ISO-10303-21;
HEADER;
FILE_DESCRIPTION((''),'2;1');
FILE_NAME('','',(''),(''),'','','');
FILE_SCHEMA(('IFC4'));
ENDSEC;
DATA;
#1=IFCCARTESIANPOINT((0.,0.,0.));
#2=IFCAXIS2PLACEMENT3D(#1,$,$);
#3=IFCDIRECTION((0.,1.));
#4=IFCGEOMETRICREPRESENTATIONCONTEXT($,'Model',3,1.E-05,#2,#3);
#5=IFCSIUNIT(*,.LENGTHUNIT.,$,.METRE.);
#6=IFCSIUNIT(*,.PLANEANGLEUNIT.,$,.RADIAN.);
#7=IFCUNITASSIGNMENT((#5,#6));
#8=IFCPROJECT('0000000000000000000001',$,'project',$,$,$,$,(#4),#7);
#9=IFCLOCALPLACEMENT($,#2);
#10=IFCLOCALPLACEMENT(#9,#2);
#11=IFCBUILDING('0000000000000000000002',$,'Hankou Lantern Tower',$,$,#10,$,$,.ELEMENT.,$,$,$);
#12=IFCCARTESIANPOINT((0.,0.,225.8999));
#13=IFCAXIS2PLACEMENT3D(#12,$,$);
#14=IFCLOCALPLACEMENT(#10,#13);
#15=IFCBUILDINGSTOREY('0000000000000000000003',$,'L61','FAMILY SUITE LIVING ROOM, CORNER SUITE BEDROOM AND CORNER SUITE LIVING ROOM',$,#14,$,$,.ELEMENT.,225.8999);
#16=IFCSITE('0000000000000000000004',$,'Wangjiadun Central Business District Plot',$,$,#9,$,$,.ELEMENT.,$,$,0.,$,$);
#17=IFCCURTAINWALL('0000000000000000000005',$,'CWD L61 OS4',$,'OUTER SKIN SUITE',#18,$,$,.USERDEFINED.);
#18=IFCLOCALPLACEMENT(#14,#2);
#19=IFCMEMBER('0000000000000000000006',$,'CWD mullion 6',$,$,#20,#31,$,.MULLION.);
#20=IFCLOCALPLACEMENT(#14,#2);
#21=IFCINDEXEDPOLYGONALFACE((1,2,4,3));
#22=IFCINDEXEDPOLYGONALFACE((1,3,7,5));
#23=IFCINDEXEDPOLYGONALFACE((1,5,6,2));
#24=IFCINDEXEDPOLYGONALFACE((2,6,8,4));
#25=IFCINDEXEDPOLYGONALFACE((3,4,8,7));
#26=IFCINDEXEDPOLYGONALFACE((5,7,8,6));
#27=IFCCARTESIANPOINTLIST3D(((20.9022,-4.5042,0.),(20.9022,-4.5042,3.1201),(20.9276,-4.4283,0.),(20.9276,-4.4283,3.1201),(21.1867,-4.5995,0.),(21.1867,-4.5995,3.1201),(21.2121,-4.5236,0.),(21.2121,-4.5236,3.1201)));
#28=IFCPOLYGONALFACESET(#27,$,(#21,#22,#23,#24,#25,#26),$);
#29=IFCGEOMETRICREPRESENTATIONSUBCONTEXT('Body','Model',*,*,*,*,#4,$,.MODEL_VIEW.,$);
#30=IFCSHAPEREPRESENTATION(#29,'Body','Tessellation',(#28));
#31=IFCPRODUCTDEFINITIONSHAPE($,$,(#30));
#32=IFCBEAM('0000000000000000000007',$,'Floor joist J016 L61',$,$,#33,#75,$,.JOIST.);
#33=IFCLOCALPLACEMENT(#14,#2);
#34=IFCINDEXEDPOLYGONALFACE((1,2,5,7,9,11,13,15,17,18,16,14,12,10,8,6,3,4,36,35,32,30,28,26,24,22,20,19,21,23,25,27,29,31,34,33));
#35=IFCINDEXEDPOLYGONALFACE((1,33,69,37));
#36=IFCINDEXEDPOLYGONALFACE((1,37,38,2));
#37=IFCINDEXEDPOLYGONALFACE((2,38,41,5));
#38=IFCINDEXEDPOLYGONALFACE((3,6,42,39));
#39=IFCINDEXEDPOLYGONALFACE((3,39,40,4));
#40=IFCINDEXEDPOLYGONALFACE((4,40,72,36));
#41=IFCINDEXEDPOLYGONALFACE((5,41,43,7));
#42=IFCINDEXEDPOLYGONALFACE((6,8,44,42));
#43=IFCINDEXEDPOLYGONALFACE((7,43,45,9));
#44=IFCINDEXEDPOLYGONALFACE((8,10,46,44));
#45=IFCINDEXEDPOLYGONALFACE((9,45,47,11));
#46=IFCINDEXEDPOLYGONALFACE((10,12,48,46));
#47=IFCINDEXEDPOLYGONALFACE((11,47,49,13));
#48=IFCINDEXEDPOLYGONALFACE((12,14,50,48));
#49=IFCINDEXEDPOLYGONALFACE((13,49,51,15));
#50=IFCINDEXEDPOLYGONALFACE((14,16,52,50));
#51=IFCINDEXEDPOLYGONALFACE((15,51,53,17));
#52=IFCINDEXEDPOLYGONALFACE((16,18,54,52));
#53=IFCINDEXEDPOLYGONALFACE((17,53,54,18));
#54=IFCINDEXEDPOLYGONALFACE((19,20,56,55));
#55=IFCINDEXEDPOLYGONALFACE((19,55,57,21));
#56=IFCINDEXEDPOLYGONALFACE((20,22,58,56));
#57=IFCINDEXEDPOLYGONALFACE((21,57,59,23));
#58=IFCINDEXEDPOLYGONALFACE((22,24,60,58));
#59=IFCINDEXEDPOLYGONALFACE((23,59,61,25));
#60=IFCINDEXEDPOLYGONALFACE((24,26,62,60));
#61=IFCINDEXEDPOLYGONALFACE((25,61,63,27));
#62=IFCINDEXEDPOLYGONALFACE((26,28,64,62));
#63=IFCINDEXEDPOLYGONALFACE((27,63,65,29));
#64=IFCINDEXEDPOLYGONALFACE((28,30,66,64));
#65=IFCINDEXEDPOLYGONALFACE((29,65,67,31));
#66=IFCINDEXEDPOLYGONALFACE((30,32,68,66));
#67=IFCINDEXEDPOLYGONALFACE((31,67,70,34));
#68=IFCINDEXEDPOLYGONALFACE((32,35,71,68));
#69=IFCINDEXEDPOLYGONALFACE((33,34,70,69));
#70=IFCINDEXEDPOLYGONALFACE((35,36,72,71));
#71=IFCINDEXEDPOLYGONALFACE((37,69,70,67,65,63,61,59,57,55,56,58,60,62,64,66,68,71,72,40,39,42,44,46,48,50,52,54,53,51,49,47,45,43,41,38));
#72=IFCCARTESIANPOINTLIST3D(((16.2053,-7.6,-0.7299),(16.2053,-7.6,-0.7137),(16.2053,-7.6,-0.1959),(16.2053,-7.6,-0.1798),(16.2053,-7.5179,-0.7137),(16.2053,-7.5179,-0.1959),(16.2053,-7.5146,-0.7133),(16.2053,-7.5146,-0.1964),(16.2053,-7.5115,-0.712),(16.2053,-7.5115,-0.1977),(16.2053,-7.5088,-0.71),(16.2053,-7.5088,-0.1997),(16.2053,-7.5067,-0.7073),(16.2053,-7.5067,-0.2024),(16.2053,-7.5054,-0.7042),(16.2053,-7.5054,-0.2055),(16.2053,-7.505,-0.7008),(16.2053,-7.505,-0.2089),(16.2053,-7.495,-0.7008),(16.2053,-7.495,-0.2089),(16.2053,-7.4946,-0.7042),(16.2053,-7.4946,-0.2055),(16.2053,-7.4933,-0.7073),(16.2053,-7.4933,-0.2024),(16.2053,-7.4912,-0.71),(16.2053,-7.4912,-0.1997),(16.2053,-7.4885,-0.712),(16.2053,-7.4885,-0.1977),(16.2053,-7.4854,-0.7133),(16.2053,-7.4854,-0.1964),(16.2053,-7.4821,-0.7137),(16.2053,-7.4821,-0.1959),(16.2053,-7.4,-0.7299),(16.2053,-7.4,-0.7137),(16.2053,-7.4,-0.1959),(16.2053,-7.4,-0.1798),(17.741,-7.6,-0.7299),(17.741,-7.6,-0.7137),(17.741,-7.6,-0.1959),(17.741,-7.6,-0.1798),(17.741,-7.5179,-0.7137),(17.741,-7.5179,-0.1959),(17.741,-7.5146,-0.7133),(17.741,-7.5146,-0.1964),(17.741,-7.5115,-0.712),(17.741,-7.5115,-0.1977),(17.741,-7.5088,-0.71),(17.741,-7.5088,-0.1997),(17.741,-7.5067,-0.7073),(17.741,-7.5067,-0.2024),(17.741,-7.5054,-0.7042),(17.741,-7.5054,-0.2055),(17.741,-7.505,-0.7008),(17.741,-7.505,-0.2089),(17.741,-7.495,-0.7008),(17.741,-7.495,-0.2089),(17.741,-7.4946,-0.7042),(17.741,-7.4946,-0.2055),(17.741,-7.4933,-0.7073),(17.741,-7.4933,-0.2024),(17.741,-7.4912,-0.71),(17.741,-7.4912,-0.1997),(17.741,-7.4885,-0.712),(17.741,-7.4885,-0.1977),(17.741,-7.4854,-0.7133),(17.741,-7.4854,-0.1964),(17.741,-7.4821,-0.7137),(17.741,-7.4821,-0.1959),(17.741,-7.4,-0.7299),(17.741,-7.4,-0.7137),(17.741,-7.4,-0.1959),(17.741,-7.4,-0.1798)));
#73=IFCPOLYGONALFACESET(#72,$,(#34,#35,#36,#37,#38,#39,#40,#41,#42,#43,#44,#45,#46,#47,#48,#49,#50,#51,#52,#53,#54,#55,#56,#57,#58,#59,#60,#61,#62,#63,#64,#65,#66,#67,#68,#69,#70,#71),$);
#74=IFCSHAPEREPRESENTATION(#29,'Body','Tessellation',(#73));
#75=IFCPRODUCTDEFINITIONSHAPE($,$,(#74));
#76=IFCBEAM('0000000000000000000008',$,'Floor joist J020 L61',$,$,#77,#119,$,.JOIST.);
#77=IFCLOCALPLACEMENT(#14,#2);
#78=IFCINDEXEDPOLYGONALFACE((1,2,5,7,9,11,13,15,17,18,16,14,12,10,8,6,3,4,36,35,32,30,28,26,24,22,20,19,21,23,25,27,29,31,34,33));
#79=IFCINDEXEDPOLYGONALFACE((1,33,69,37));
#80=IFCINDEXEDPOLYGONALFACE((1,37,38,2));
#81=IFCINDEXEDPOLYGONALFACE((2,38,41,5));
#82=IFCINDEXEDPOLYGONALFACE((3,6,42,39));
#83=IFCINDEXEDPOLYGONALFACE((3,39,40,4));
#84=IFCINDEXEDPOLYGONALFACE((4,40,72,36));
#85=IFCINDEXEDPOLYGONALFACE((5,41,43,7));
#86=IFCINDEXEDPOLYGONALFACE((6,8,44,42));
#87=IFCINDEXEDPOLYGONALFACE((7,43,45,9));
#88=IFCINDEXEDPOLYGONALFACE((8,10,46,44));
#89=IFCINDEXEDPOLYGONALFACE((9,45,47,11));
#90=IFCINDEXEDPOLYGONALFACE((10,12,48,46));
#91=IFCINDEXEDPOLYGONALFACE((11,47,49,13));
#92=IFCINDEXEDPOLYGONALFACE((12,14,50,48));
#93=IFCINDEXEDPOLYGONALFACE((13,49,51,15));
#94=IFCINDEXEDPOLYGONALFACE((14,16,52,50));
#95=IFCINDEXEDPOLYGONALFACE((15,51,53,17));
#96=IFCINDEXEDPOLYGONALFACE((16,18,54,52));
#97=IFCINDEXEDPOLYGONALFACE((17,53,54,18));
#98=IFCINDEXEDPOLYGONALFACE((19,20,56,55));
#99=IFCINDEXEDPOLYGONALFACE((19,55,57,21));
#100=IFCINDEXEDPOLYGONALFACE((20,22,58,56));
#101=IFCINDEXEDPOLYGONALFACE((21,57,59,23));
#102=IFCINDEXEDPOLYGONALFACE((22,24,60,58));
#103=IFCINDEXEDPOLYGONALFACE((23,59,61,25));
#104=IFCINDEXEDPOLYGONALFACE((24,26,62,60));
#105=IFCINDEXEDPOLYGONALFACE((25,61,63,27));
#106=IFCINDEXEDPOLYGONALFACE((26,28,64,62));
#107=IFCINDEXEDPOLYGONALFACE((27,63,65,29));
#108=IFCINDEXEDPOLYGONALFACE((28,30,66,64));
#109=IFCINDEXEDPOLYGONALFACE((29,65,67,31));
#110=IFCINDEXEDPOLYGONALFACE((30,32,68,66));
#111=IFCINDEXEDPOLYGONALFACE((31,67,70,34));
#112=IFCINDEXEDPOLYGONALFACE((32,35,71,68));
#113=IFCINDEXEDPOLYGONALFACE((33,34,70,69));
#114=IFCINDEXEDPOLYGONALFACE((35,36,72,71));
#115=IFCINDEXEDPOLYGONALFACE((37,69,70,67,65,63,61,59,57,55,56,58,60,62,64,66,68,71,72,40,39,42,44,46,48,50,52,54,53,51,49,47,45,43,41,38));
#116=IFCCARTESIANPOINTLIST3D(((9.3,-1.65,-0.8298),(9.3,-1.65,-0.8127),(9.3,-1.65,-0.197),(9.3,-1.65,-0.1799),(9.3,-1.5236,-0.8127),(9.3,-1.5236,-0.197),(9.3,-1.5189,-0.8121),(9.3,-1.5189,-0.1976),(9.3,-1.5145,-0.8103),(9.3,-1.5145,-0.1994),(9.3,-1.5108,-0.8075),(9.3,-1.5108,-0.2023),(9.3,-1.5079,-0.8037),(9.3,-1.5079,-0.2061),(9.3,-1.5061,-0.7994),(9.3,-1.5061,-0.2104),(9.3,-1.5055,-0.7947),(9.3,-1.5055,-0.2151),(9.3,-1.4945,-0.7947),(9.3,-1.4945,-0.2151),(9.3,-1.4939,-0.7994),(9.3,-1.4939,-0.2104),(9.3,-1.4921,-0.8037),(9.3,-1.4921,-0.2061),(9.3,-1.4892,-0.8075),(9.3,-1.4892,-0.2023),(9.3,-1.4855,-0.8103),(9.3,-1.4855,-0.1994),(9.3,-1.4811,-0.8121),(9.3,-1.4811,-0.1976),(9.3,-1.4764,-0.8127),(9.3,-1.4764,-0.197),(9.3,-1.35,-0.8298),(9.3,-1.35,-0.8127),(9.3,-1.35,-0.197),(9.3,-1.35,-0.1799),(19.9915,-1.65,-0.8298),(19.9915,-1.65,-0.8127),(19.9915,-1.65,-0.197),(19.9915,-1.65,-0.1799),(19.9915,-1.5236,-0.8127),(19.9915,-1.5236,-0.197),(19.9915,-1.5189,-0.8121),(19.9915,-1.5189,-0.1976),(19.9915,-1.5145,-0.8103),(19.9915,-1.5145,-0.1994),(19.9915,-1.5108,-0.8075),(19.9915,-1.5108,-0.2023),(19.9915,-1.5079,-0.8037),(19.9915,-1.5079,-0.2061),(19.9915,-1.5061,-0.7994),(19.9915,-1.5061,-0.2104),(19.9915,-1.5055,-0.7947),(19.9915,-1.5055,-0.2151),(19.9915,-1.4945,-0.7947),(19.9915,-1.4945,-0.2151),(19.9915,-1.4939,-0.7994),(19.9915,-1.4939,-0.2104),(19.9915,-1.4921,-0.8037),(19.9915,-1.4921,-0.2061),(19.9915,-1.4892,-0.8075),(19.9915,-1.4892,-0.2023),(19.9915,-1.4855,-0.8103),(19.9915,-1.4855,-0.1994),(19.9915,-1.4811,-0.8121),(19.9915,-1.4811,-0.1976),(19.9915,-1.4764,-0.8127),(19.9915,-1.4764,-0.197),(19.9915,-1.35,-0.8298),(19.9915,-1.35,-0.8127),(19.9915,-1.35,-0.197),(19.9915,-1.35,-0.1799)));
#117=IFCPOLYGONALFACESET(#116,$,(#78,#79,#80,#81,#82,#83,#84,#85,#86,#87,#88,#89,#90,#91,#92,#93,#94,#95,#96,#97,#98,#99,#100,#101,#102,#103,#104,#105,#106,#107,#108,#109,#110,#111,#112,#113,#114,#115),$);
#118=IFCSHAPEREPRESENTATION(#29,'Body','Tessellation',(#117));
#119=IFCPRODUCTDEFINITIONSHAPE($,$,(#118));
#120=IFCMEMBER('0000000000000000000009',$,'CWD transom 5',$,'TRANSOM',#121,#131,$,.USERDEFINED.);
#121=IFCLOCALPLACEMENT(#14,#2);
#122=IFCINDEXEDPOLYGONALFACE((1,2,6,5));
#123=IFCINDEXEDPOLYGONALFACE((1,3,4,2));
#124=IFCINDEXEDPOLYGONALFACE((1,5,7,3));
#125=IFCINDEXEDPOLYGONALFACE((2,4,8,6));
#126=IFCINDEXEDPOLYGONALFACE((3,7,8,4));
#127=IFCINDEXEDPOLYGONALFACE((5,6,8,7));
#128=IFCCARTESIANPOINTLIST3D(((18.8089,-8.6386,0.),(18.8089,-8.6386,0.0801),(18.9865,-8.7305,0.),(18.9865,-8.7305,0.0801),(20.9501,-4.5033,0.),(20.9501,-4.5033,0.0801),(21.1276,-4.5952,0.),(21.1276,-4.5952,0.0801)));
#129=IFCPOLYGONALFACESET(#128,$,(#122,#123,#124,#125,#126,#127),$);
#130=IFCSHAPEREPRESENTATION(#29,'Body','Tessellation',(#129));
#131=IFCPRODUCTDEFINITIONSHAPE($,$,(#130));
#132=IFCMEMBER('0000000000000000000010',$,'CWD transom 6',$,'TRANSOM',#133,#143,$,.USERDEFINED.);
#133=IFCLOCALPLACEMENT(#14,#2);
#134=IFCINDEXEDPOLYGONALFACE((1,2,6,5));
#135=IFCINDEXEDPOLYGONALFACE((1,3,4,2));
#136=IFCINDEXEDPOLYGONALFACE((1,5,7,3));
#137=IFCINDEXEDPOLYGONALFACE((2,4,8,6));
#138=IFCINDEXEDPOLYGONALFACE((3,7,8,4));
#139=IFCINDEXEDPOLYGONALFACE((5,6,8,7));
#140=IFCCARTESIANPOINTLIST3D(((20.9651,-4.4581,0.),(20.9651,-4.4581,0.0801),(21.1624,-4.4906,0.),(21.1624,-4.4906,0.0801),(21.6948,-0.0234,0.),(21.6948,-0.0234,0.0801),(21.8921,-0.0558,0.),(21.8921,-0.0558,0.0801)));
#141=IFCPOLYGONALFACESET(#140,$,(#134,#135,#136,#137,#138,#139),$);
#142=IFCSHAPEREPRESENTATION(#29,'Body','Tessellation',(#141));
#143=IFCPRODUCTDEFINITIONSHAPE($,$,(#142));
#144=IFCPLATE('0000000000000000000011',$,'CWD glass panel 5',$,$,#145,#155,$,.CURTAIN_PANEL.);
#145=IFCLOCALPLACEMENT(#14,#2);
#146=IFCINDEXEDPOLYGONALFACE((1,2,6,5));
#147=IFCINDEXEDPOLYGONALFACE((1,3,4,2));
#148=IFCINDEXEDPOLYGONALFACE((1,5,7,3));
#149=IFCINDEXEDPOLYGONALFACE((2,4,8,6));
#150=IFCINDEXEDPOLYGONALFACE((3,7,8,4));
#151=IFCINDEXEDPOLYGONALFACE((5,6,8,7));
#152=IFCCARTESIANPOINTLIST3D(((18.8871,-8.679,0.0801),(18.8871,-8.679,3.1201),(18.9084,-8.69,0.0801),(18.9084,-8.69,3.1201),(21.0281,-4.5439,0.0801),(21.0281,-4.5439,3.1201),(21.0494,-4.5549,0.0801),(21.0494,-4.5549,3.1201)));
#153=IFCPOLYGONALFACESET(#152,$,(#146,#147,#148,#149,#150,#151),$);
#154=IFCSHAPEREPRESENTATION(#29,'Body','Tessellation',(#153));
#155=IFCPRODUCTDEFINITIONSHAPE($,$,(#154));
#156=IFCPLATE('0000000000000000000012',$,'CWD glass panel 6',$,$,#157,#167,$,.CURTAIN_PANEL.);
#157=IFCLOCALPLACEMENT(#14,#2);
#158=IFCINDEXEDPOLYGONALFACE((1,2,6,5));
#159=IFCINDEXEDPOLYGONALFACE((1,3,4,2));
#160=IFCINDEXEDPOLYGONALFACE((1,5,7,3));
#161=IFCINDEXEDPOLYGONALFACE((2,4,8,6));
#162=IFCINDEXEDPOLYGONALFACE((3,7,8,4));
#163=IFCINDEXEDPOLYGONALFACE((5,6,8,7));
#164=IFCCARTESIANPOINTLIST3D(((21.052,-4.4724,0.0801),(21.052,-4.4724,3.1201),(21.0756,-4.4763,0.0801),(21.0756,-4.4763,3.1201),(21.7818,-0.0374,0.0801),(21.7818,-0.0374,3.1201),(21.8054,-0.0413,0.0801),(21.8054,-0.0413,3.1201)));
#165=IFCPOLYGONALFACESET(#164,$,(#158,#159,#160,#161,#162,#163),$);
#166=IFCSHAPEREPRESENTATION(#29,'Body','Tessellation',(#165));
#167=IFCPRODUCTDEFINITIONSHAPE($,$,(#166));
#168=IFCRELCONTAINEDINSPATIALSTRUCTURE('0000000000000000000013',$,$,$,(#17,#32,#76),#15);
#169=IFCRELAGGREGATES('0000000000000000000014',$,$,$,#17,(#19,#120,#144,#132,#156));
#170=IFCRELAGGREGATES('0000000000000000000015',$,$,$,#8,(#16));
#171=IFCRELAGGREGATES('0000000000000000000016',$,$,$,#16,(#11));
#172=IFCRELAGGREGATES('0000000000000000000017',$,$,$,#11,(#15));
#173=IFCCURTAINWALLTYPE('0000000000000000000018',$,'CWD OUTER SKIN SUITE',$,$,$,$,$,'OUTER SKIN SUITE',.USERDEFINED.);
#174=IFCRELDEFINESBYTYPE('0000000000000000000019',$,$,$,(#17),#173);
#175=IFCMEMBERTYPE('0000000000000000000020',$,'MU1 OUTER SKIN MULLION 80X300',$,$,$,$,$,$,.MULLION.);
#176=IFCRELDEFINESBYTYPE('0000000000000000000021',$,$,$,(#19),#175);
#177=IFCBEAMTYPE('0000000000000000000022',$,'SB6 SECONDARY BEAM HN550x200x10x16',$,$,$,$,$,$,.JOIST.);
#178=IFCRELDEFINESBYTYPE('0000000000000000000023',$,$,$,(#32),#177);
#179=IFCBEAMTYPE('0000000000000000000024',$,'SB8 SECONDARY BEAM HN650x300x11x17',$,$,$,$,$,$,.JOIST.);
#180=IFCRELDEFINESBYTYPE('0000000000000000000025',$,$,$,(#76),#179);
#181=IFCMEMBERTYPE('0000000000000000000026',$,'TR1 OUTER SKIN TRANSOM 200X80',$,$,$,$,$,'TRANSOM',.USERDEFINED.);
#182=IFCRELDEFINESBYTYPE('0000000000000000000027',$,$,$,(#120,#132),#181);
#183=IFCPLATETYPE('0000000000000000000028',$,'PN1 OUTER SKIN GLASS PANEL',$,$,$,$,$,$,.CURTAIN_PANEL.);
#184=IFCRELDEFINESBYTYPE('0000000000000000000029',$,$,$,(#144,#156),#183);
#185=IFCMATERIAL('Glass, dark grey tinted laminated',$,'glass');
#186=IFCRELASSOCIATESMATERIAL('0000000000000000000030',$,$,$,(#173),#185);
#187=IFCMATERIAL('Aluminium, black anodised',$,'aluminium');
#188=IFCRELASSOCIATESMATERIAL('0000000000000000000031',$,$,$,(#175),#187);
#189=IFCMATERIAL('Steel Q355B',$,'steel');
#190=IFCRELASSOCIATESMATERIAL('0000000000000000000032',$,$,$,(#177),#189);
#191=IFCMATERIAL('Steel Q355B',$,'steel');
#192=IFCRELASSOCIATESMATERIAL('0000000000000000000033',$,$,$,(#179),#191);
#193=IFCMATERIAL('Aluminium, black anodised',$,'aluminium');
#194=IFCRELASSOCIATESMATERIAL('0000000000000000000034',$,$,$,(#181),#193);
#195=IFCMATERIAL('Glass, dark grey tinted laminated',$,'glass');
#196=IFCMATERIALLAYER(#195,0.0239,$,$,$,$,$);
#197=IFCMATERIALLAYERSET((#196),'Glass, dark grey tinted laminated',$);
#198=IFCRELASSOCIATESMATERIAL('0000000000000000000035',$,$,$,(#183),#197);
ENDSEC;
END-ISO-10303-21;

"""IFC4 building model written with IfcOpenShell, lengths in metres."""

from ifc_helpers import new_model, si_unit, direction, frame, origin, origin_2d, place, context, subcontext, project, spatial, rectangle, i_section, extrude, material, layer, layer_set, material_profile, profile_set, type_object, element, aggregate, save


model = new_model("IFC4")

# Units and contexts
model_context = context("Model", 3, precision=1e-05, world=origin(), true_north=direction((0.0, 1.0)))
body_context = subcontext(model_context, "Body", "Model", "MODEL_VIEW")
ifc_project = project(units=[si_unit("LENGTHUNIT", "METRE"), si_unit("PLANEANGLEUNIT", "RADIAN")], contexts=[model_context])

# Site, building, storey
site_placement = place(None, origin())
site = spatial("IfcSite", under=ifc_project, at=site_placement, Name="Wangjiadun Central Business District Plot", CompositionType="ELEMENT", RefElevation=0.0)
building_placement = place(site_placement, origin())
building = spatial("IfcBuilding", under=site, at=building_placement, Name="Hankou Lantern Tower", CompositionType="ELEMENT")
storey_placement = place(building_placement, frame((0.0, 0.0, 225.8999)))
storey = spatial("IfcBuildingStorey", under=building, at=storey_placement, Name="L61", Description="FAMILY SUITE LIVING ROOM, CORNER SUITE BEDROOM AND CORNER SUITE LIVING ROOM", CompositionType="ELEMENT", Elevation=225.8999)

# Curtain wall, member
ifc_material_1 = material(Name="Glass, dark grey tinted laminated", Category="glass")
curtain_wall_type = type_object("IfcCurtainWallType", Name="CWD OUTER SKIN SUITE", ElementType="OUTER SKIN SUITE", PredefinedType="USERDEFINED", material=ifc_material_1)
curtain_wall_placement = place(storey_placement, origin())
curtain_wall = element("IfcCurtainWall", 1, at=curtain_wall_placement, inside=storey, type_object=curtain_wall_type, Name="CWD L61 OS4", ObjectType="OUTER SKIN SUITE", PredefinedType="USERDEFINED")
ifc_material_2 = material(Name="Aluminium, black anodised", Category="aluminium")
ifc_material_profile_1 = material_profile(ifc_material_2, rectangle(XDim=0.0801, YDim=0.3, at=origin_2d()), Name="MU1 80X300")
ifc_profile_set_1 = profile_set([ifc_material_profile_1], Name="Aluminium, black anodised")
member_type_1 = type_object("IfcMemberType", Name="MU1 OUTER SKIN MULLION 80X300", PredefinedType="MULLION", material=ifc_profile_set_1)
member_1_placement = place(storey_placement, frame((21.0571, -4.5139, 0.0), z_axis=(0.0, 0.0, 1.0), x_axis=(0.317596, 0.948226, 0.0)))
member_1 = element("IfcMember", 2, at=member_1_placement, type_object=member_type_1, Name="CWD mullion 6", PredefinedType="MULLION", context=body_context, shape_type="SweptSolid", body=[
    extrude(rectangle(XDim=0.0801, YDim=0.3, at=origin_2d()), origin(), (0.0, 0.0, 1.0), 3.1201),
])

# Beams
ifc_material_3 = material(Name="Steel Q355B", Category="steel")
ifc_material_profile_2 = material_profile(ifc_material_3, i_section(OverallWidth=0.2, OverallDepth=0.55, WebThickness=0.01, FlangeThickness=0.0161, FilletRadius=0.0129, at=origin_2d()), Name="HN550x200x10x16")
ifc_profile_set_2 = profile_set([ifc_material_profile_2], Name="Steel Q355B")
beam_type_1 = type_object("IfcBeamType", Name="SB6 SECONDARY BEAM HN550x200x10x16", PredefinedType="JOIST", material=ifc_profile_set_2)
beam_1_placement = place(storey_placement, frame((16.2053, -7.5, -0.4548), z_axis=(1.0, 0.0, 0.0), x_axis=(0.0, 1.0, 0.0)))
element("IfcBeam", 3, at=beam_1_placement, inside=storey, type_object=beam_type_1, Name="Floor joist J016 L61", PredefinedType="JOIST", context=body_context, shape_type="SweptSolid", body=[
    extrude(i_section(OverallWidth=0.2, OverallDepth=0.55, WebThickness=0.01, FlangeThickness=0.0161, FilletRadius=0.0129, at=origin_2d()), origin(), (0.0, 0.0, 1.0), 1.5356),
])
ifc_material_4 = material(Name="Steel Q355B", Category="steel")
ifc_material_profile_3 = material_profile(ifc_material_4, i_section(OverallWidth=0.3, OverallDepth=0.6499, WebThickness=0.011, FlangeThickness=0.0171, FilletRadius=0.0181, at=origin_2d()), Name="HN650x300x11x17")
ifc_profile_set_3 = profile_set([ifc_material_profile_3], Name="Steel Q355B")
beam_type_2 = type_object("IfcBeamType", Name="SB8 SECONDARY BEAM HN650x300x11x17", PredefinedType="JOIST", material=ifc_profile_set_3)
beam_2_placement = place(storey_placement, frame((9.3, -1.5, -0.5049), z_axis=(1.0, 0.0, 0.0), x_axis=(0.0, 1.0, 0.0)))
element("IfcBeam", 4, at=beam_2_placement, inside=storey, type_object=beam_type_2, Name="Floor joist J020 L61", PredefinedType="JOIST", context=body_context, shape_type="SweptSolid", body=[
    extrude(i_section(OverallWidth=0.3, OverallDepth=0.6499, WebThickness=0.011, FlangeThickness=0.0171, FilletRadius=0.0181, at=origin_2d()), origin(), (0.0, 0.0, 1.0), 10.6914),
])

# Members
ifc_material_5 = material(Name="Aluminium, black anodised", Category="aluminium")
ifc_material_profile_4 = material_profile(ifc_material_5, rectangle(XDim=0.2, YDim=0.0801, at=origin_2d()), Name="TR1 200X80")
ifc_profile_set_4 = profile_set([ifc_material_profile_4], Name="Aluminium, black anodised")
member_type_2 = type_object("IfcMemberType", Name="TR1 OUTER SKIN TRANSOM 200X80", ElementType="TRANSOM", PredefinedType="USERDEFINED", material=ifc_profile_set_4)
member_2_placement = place(storey_placement, frame((18.8977, -8.6846, 0.04), z_axis=(0.459794, 0.888026, 0.0), x_axis=(-0.888026, 0.459794, 0.0)))
member_2 = element("IfcMember", 5, at=member_2_placement, type_object=member_type_2, Name="CWD transom 5", ObjectType="TRANSOM", PredefinedType="USERDEFINED", context=body_context, shape_type="SweptSolid", body=[
    extrude(rectangle(XDim=0.2, YDim=0.0801, at=origin_2d()), origin(), (0.0, 0.0, 1.0), 4.6567),
])
member_3_placement = place(storey_placement, frame((21.0637, -4.4744, 0.04), z_axis=(0.162364, 0.986731, 0.0), x_axis=(-0.986731, 0.162364, 0.0)))
member_3 = element("IfcMember", 6, at=member_3_placement, type_object=member_type_2, Name="CWD transom 6", ObjectType="TRANSOM", PredefinedType="USERDEFINED", context=body_context, shape_type="SweptSolid", body=[
    extrude(rectangle(XDim=0.2, YDim=0.0801, at=origin_2d()), origin(), (0.0, 0.0, 1.0), 4.4944),
])

# Plates
ifc_material_6 = material(Name="Glass, dark grey tinted laminated", Category="glass")
ifc_layer_1 = layer(ifc_material_6, 0.0239)
ifc_layer_set_1 = layer_set([ifc_layer_1], Name="Glass, dark grey tinted laminated")
plate_type = type_object("IfcPlateType", Name="PN1 OUTER SKIN GLASS PANEL", PredefinedType="CURTAIN_PANEL", material=ifc_layer_set_1)
plate_1_placement = place(storey_placement, frame((19.9683, -6.6169, 0.0801), z_axis=(0.0, 0.0, 1.0), x_axis=(0.459791, 0.888027, 0.0)))
plate_1 = element("IfcPlate", 7, at=plate_1_placement, type_object=plate_type, Name="CWD glass panel 5", PredefinedType="CURTAIN_PANEL", context=body_context, shape_type="SweptSolid", body=[
    extrude(rectangle(XDim=4.6565, YDim=0.0239, at=origin_2d()), origin(), (0.0, 0.0, 1.0), 3.04),
])
plate_2_placement = place(storey_placement, frame((21.4287, -2.2568, 0.0801), z_axis=(0.0, 0.0, 1.0), x_axis=(0.162382, 0.986728, 0.0)))
plate_2 = element("IfcPlate", 8, at=plate_2_placement, type_object=plate_type, Name="CWD glass panel 6", PredefinedType="CURTAIN_PANEL", context=body_context, shape_type="SweptSolid", body=[
    extrude(rectangle(XDim=4.4946, YDim=0.0239, at=origin_2d()), origin(), (0.0, 0.0, 1.0), 3.04),
])
aggregate(curtain_wall, [member_1, member_2, plate_1, member_3, plate_2])

save(model, "model.ifc")
